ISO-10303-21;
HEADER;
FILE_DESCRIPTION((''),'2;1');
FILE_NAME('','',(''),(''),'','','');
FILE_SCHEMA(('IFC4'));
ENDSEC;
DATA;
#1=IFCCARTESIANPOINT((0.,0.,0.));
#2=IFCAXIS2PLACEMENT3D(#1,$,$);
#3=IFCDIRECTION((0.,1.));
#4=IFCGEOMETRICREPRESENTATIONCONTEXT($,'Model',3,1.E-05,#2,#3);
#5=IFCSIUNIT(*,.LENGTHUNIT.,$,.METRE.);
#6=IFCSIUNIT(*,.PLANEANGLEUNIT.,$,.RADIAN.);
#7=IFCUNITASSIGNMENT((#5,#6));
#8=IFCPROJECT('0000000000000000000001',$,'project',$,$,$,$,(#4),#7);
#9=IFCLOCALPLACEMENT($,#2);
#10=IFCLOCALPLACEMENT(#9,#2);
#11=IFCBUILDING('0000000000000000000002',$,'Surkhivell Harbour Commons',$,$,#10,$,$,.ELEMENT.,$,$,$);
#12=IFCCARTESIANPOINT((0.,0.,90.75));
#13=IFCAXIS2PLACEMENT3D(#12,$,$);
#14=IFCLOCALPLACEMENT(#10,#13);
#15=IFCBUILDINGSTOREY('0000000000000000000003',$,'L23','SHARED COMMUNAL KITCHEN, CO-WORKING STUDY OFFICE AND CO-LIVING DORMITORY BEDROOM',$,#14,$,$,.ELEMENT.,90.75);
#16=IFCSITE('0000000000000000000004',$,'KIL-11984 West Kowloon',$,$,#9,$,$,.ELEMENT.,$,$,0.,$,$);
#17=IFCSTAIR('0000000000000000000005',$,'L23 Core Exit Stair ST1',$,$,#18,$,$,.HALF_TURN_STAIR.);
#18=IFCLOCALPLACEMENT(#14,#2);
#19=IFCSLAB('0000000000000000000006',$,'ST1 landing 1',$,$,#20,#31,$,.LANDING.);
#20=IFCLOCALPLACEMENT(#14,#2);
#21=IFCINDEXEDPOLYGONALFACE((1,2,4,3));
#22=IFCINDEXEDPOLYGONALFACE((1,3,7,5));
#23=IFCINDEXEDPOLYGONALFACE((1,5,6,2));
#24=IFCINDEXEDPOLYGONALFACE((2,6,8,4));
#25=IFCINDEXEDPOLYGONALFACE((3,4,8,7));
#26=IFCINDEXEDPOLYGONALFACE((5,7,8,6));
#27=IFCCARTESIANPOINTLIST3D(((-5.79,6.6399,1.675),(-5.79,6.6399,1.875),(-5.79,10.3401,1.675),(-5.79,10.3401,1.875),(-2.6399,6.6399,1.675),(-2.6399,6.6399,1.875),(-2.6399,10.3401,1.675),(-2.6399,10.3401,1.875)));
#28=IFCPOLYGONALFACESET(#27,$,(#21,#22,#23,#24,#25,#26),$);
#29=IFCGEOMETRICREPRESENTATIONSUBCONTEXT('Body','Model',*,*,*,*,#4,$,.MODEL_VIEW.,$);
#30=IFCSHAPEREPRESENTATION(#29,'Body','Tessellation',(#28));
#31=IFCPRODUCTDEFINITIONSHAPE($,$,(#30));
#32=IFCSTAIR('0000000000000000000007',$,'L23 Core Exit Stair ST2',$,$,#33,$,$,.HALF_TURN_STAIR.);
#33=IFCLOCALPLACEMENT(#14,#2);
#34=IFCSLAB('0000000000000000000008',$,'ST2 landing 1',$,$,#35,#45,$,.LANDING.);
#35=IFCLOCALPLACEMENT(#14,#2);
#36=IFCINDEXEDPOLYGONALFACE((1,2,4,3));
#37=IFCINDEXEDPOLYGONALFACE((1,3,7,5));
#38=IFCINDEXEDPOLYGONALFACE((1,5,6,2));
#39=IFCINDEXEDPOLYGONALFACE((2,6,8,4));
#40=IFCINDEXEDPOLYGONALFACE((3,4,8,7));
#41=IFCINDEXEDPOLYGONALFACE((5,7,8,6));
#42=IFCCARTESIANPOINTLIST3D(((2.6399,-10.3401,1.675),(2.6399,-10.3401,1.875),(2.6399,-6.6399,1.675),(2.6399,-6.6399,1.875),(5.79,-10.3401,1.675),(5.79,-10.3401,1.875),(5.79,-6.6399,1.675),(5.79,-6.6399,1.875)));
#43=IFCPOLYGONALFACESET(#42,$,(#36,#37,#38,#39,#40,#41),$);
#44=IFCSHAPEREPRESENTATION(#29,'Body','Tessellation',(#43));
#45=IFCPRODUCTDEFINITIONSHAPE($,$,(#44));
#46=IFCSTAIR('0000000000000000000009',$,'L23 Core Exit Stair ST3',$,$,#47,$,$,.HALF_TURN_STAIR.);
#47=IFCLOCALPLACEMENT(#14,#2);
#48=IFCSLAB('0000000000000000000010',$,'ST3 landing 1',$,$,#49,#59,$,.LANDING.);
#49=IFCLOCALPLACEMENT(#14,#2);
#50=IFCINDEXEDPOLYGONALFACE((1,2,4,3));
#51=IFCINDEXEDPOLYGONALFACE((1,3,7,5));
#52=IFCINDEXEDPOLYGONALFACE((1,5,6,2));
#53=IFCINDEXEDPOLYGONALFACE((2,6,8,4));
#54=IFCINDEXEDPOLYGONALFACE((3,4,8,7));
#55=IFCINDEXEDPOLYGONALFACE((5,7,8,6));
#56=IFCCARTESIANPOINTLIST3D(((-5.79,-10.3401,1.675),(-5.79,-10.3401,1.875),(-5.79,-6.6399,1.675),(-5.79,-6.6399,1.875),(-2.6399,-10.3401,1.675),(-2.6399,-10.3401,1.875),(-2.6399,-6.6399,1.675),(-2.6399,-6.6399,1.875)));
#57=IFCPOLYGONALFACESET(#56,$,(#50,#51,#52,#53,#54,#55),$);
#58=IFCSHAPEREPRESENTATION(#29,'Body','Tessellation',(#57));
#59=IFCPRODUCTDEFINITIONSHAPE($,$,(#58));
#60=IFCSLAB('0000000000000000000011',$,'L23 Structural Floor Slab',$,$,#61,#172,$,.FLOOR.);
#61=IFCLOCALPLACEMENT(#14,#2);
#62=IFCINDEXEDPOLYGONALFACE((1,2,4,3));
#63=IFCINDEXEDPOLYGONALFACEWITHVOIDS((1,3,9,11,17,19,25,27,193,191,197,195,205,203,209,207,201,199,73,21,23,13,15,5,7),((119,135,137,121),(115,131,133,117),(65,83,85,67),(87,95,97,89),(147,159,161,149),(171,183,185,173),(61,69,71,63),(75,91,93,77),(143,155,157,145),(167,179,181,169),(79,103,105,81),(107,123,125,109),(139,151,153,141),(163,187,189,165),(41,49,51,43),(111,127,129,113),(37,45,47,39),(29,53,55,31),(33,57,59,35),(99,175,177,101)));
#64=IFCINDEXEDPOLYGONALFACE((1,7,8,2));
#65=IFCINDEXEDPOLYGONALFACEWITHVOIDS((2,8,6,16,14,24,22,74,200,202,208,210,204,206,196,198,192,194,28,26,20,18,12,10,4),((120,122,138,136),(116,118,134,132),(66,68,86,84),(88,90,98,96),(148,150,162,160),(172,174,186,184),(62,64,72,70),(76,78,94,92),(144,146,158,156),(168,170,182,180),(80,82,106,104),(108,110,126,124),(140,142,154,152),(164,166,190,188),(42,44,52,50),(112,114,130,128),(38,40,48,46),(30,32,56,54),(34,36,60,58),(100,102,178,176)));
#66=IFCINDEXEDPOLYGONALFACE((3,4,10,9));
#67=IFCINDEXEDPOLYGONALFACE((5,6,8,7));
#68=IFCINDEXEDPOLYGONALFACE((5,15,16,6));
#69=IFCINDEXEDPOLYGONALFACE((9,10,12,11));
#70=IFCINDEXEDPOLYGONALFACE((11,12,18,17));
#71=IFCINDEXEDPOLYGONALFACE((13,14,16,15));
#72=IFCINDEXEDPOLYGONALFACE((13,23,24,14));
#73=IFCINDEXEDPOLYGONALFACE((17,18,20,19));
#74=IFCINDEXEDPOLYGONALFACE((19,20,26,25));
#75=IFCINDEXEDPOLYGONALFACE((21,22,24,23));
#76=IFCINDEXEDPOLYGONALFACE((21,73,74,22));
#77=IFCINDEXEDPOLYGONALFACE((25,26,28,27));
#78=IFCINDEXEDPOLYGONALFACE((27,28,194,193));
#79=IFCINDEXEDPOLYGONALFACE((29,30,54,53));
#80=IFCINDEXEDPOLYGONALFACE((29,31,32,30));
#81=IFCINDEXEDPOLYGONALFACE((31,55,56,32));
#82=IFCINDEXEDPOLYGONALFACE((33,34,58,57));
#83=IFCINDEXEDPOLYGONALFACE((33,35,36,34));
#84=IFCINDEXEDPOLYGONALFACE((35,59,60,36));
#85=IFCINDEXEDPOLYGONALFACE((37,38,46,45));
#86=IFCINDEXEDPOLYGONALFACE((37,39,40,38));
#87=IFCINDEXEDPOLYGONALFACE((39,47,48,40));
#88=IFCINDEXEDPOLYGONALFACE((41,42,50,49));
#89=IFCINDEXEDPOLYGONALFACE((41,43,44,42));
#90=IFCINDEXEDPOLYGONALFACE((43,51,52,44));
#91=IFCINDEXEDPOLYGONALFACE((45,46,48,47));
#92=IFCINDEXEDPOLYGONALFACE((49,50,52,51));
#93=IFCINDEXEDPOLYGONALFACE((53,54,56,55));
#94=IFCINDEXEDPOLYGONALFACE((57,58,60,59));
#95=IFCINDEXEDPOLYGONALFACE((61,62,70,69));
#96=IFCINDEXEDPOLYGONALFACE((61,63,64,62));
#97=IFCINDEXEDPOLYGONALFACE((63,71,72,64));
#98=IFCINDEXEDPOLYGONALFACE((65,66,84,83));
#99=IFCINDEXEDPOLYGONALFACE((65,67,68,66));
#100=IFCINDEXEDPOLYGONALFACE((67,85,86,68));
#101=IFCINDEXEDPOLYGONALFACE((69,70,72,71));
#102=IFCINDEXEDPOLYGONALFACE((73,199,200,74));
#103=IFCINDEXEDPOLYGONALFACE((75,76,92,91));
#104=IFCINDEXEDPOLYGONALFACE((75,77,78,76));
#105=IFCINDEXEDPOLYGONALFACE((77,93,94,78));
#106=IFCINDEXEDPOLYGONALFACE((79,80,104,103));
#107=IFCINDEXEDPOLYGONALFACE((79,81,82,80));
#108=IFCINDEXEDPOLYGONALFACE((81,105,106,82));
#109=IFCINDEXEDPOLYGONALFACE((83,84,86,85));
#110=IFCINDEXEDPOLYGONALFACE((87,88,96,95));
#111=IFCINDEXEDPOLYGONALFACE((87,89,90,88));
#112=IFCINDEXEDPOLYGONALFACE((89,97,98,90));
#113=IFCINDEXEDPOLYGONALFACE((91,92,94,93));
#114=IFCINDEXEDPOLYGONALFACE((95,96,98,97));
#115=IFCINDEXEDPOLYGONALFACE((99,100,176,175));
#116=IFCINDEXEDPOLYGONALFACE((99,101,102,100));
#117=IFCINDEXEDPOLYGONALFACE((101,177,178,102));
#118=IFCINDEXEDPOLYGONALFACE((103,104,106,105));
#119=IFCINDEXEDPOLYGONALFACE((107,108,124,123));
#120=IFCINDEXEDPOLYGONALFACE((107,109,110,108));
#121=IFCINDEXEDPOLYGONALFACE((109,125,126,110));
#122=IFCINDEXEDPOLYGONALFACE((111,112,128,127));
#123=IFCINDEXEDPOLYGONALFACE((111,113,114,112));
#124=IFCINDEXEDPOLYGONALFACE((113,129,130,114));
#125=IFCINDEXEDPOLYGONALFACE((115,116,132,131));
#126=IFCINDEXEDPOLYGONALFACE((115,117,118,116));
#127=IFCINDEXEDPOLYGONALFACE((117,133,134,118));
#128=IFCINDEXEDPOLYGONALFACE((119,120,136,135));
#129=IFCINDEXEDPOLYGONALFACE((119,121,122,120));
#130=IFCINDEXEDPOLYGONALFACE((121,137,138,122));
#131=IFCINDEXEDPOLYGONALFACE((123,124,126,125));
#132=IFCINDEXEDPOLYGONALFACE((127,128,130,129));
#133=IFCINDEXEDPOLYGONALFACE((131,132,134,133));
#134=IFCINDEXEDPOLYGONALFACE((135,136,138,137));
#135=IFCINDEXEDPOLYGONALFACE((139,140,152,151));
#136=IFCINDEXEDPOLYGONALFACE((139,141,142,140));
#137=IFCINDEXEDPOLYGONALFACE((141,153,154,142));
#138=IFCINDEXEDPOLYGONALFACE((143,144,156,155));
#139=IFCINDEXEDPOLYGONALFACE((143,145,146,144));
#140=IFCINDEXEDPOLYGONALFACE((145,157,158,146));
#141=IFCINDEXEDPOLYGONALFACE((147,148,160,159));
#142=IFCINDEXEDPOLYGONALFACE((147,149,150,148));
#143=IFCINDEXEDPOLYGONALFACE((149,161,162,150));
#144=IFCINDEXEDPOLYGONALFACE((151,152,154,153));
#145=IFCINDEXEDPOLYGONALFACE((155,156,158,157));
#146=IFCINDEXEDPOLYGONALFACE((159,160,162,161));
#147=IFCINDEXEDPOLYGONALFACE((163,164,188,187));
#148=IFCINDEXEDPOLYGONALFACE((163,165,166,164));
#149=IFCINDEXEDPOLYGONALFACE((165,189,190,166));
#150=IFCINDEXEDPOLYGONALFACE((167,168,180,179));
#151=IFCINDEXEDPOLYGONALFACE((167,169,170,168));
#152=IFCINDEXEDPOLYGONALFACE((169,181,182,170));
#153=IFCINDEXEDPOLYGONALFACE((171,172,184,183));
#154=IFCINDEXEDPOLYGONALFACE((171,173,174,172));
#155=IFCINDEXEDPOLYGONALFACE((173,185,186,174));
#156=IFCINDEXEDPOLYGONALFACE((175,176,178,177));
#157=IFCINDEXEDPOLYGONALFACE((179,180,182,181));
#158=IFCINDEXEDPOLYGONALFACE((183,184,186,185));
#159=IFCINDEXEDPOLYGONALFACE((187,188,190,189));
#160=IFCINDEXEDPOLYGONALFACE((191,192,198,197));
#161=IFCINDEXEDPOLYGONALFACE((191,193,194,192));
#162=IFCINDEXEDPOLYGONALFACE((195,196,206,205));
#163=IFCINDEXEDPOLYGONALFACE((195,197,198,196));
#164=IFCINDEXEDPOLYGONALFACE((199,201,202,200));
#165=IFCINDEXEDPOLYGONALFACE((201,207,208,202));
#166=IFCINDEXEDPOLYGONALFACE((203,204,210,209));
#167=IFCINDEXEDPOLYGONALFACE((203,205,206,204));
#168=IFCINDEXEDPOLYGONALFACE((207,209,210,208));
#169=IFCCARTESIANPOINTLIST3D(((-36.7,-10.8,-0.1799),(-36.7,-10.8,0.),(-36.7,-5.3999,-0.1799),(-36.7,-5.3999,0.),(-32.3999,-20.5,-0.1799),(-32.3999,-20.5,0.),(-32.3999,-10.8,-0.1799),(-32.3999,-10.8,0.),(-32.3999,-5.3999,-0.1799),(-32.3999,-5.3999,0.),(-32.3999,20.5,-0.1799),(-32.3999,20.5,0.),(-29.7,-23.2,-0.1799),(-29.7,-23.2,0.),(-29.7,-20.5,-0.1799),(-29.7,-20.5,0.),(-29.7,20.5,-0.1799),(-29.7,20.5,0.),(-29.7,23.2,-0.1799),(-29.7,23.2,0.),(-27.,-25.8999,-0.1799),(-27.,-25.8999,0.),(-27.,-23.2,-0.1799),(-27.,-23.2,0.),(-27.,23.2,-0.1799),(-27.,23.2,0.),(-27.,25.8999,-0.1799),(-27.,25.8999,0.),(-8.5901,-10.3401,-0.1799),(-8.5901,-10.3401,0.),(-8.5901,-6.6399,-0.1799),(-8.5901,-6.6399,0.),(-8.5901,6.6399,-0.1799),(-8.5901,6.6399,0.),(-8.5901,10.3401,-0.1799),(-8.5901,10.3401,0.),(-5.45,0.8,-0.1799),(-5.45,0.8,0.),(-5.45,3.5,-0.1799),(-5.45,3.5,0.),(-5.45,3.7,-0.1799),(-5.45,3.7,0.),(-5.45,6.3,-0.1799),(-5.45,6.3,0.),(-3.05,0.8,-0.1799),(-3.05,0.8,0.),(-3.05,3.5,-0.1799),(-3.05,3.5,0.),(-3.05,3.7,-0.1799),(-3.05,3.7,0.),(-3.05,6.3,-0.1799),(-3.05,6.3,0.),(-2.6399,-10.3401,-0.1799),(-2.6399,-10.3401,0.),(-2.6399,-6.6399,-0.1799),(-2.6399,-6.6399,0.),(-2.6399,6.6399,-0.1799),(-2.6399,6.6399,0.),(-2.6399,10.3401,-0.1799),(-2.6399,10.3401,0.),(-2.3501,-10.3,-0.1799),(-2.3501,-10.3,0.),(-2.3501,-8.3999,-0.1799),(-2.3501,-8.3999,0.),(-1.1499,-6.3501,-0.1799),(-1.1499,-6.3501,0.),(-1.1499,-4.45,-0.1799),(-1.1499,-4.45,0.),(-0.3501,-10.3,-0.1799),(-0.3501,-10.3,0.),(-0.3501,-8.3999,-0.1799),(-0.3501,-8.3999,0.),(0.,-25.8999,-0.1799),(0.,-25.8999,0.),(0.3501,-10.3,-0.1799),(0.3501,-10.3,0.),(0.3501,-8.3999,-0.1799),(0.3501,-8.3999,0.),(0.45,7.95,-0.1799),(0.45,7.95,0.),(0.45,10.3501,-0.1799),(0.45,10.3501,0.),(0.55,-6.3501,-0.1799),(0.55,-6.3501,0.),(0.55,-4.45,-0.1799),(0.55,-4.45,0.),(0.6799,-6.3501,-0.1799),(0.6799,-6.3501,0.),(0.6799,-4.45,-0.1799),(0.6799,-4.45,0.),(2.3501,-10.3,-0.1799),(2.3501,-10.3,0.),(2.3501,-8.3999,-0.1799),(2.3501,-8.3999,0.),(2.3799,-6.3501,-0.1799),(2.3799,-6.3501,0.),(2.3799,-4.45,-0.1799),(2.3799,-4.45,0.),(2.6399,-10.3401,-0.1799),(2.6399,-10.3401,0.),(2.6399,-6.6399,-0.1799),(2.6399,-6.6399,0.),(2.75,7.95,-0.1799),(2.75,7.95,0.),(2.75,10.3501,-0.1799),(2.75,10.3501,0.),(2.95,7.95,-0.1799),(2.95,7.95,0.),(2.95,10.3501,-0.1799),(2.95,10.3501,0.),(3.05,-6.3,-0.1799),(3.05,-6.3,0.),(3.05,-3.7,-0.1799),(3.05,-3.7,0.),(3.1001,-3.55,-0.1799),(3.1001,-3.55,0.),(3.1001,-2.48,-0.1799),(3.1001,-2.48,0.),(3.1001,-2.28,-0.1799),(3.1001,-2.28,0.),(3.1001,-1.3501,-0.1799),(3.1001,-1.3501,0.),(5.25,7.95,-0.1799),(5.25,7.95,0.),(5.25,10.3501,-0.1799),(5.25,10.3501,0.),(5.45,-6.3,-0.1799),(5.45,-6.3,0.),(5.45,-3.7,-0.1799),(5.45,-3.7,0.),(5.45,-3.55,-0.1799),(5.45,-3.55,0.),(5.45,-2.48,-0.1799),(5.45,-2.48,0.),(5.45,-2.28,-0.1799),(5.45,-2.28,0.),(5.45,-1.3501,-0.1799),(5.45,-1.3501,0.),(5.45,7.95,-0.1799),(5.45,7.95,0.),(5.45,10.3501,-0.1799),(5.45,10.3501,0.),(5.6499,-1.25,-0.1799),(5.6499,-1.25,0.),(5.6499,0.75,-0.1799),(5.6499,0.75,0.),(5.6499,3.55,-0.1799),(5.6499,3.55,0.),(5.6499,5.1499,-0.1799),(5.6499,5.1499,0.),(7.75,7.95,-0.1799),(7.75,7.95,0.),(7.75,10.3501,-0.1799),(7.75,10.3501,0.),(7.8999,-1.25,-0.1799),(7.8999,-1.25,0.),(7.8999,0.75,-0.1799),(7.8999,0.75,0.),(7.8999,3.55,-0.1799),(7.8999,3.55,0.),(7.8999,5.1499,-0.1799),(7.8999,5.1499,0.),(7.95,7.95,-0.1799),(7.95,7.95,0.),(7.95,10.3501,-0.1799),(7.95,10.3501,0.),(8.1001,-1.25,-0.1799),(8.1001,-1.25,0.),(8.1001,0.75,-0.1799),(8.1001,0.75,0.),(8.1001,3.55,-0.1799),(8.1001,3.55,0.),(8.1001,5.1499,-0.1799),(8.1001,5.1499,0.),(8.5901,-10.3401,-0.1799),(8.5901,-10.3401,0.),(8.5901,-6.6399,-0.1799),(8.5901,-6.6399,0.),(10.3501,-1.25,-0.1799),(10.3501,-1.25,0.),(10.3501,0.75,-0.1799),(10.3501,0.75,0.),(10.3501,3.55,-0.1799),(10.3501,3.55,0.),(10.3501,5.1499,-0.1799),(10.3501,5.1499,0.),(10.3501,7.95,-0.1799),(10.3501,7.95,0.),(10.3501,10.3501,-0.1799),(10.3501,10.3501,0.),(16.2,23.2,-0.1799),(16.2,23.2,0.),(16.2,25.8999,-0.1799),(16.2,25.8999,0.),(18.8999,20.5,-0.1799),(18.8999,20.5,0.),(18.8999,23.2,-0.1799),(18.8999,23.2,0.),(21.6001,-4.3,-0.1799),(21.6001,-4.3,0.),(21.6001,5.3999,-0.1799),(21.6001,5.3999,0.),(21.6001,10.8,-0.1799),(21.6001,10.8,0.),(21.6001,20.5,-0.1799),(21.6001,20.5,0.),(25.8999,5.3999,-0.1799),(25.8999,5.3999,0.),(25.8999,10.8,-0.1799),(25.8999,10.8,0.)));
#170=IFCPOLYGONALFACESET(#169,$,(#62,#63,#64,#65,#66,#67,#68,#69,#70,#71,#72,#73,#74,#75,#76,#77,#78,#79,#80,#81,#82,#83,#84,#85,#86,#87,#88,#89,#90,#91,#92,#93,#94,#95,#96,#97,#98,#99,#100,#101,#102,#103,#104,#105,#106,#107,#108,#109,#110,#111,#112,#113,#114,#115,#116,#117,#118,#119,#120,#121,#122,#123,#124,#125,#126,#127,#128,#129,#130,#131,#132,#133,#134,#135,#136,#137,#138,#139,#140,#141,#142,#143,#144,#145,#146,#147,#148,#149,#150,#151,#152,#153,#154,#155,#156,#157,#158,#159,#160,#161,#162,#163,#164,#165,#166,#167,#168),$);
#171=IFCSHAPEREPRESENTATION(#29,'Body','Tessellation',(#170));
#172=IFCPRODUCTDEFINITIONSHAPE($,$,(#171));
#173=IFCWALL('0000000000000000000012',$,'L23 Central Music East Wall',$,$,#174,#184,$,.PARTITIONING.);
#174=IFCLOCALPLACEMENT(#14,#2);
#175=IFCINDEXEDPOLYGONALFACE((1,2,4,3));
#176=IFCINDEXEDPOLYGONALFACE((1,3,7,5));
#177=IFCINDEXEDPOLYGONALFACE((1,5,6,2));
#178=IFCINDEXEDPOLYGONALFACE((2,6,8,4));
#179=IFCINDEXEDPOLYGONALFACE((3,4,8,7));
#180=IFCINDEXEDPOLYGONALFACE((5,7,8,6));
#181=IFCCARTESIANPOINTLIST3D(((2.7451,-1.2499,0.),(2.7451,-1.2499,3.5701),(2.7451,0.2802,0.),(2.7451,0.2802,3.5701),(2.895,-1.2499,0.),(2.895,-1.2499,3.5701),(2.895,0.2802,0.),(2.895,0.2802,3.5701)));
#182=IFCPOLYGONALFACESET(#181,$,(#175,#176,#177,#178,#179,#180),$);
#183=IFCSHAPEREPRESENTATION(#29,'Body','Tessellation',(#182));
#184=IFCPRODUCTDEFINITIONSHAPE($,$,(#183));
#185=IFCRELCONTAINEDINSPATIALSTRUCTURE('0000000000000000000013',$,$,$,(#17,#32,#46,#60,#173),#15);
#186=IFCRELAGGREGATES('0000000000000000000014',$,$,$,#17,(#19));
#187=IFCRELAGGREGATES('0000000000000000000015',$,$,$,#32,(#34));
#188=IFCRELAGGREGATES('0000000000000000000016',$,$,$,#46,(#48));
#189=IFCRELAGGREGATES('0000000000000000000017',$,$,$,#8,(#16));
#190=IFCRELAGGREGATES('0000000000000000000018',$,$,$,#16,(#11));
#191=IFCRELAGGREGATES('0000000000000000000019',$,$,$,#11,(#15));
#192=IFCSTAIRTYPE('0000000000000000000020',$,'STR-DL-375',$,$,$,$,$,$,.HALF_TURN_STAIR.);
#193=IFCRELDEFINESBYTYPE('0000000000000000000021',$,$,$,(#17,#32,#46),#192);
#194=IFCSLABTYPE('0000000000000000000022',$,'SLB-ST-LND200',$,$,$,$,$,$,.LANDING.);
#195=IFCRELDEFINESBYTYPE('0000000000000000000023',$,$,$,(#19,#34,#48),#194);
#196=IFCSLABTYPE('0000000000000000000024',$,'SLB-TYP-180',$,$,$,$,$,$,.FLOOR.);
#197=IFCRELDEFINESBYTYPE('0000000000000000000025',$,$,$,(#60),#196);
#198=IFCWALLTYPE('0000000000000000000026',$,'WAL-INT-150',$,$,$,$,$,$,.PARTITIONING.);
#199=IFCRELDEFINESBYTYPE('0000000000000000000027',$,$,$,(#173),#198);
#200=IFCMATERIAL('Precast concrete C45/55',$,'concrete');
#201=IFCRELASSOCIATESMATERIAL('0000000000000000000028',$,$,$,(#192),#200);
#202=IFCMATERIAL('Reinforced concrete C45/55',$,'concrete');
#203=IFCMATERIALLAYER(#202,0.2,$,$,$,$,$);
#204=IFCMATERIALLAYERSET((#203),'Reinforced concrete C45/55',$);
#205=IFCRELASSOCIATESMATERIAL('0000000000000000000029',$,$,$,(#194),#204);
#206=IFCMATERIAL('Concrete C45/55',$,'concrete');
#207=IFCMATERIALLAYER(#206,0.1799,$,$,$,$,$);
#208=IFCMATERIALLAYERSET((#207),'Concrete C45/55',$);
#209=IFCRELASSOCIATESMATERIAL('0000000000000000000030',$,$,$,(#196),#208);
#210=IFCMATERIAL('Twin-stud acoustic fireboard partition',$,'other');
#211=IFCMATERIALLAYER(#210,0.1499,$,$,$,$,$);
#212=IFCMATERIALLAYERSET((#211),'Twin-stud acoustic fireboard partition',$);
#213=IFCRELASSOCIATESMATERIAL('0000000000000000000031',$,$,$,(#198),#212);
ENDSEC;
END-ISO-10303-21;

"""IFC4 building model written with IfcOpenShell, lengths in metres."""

from ifc_helpers import new_model, si_unit, direction, frame, frame_2d, origin, place, context, subcontext, project, spatial, polyline, rectangle, outline, extrude, material, layer, layer_set, type_object, element, aggregate, save


model = new_model("IFC4")

# Units and contexts
model_context = context("Model", 3, precision=1e-05, world=origin(), true_north=direction((0.0, 1.0)))
body_context = subcontext(model_context, "Body", "Model", "MODEL_VIEW")
ifc_project = project(units=[si_unit("LENGTHUNIT", "METRE"), si_unit("PLANEANGLEUNIT", "RADIAN")], contexts=[model_context])

# Site, building, storey
site_placement = place(None, origin())
site = spatial("IfcSite", under=ifc_project, at=site_placement, Name="KIL-11984 West Kowloon", CompositionType="ELEMENT", RefElevation=0.0)
building_placement = place(site_placement, origin())
building = spatial("IfcBuilding", under=site, at=building_placement, Name="Surkhivell Harbour Commons", CompositionType="ELEMENT")
storey_placement = place(building_placement, frame((0.0, 0.0, 90.75)))
storey = spatial("IfcBuildingStorey", under=building, at=storey_placement, Name="L23", Description="SHARED COMMUNAL KITCHEN, CO-WORKING STUDY OFFICE AND CO-LIVING DORMITORY BEDROOM", CompositionType="ELEMENT", Elevation=90.75)

# Stairs, slabs
ifc_material_1 = material(Name="Precast concrete C45/55", Category="concrete")
stair_type = type_object("IfcStairType", Name="STR-DL-375", PredefinedType="HALF_TURN_STAIR", material=ifc_material_1)
stair_1_placement = place(storey_placement, origin())
stair_1 = element("IfcStair", 1, at=stair_1_placement, inside=storey, type_object=stair_type, Name="L23 Core Exit Stair ST1", PredefinedType="HALF_TURN_STAIR")
ifc_material_2 = material(Name="Reinforced concrete C45/55", Category="concrete")
ifc_layer_1 = layer(ifc_material_2, 0.2)
ifc_layer_set_1 = layer_set([ifc_layer_1], Name="Reinforced concrete C45/55")
slab_type_1 = type_object("IfcSlabType", Name="SLB-ST-LND200", PredefinedType="LANDING", material=ifc_layer_set_1)
slab_1_placement = place(storey_placement, frame((0.0, 0.0, 1.675)))
slab_1 = element("IfcSlab", 2, at=slab_1_placement, type_object=slab_type_1, Name="ST1 landing 1", PredefinedType="LANDING", context=body_context, shape_type="SweptSolid", body=[
    extrude(outline(polyline([(-5.79, 6.6399), (-2.6399, 6.6399), (-2.6399, 10.3401), (-5.79, 10.3401), (-5.79, 6.6399)])), origin(), (0.0, 0.0, 1.0), 0.2),
])
aggregate(stair_1, [slab_1])
stair_2_placement = place(storey_placement, origin())
stair_2 = element("IfcStair", 3, at=stair_2_placement, inside=storey, type_object=stair_type, Name="L23 Core Exit Stair ST2", PredefinedType="HALF_TURN_STAIR")
slab_2_placement = place(storey_placement, frame((0.0, 0.0, 1.675)))
slab_2 = element("IfcSlab", 4, at=slab_2_placement, type_object=slab_type_1, Name="ST2 landing 1", PredefinedType="LANDING", context=body_context, shape_type="SweptSolid", body=[
    extrude(outline(polyline([(5.79, -6.6399), (2.6399, -6.6399), (2.6399, -10.3401), (5.79, -10.3401), (5.79, -6.6399)])), origin(), (0.0, 0.0, 1.0), 0.2),
])
aggregate(stair_2, [slab_2])
stair_3_placement = place(storey_placement, origin())
stair_3 = element("IfcStair", 5, at=stair_3_placement, inside=storey, type_object=stair_type, Name="L23 Core Exit Stair ST3", PredefinedType="HALF_TURN_STAIR")
slab_3_placement = place(storey_placement, frame((0.0, 0.0, 1.675)))
slab_3 = element("IfcSlab", 6, at=slab_3_placement, type_object=slab_type_1, Name="ST3 landing 1", PredefinedType="LANDING", context=body_context, shape_type="SweptSolid", body=[
    extrude(outline(polyline([(-5.79, -10.3401), (-2.6399, -10.3401), (-2.6399, -6.6399), (-5.79, -6.6399), (-5.79, -10.3401)])), origin(), (0.0, 0.0, 1.0), 0.2),
])
aggregate(stair_3, [slab_3])

# Slab
ifc_material_3 = material(Name="Concrete C45/55", Category="concrete")
ifc_layer_2 = layer(ifc_material_3, 0.1799)
ifc_layer_set_2 = layer_set([ifc_layer_2], Name="Concrete C45/55")
slab_type_2 = type_object("IfcSlabType", Name="SLB-TYP-180", PredefinedType="FLOOR", material=ifc_layer_set_2)
slab_4_placement = place(storey_placement, frame((0.0, 0.0, -0.1799)))
element("IfcSlab", 7, at=slab_4_placement, inside=storey, type_object=slab_type_2, Name="L23 Structural Floor Slab", PredefinedType="FLOOR", context=body_context, shape_type="SweptSolid", body=[
    extrude(outline(polyline([(-32.3999, 20.5), (-32.3999, -5.3999), (-36.7, -5.3999), (-36.7, -10.8), (-32.3999, -10.8), (-32.3999, -20.5), (-29.7, -20.5), (-29.7, -23.2), (-27.0, -23.2), (-27.0, -25.8999), (0.0, -25.8999), (21.6001, -4.3), (21.6001, 5.3999), (25.8999, 5.3999), (25.8999, 10.8), (21.6001, 10.8), (21.6001, 20.5), (18.8999, 20.5), (18.8999, 23.2), (16.2, 23.2), (16.2, 25.8999), (-27.0, 25.8999), (-27.0, 23.2), (-29.7, 23.2), (-29.7, 20.5), (-32.3999, 20.5)]), holes=[polyline([(-8.5901, 6.6399), (-2.6399, 6.6399), (-2.6399, 10.3401), (-8.5901, 10.3401), (-8.5901, 6.6399)]), polyline([(8.5901, -6.6399), (2.6399, -6.6399), (2.6399, -10.3401), (8.5901, -10.3401), (8.5901, -6.6399)]), polyline([(-8.5901, -10.3401), (-2.6399, -10.3401), (-2.6399, -6.6399), (-8.5901, -6.6399), (-8.5901, -10.3401)]), polyline([(0.45, 7.95), (2.75, 7.95), (2.75, 10.3501), (0.45, 10.3501), (0.45, 7.95)]), polyline([(2.95, 7.95), (5.25, 7.95), (5.25, 10.3501), (2.95, 10.3501), (2.95, 7.95)]), polyline([(5.45, 7.95), (7.75, 7.95), (7.75, 10.3501), (5.45, 10.3501), (5.45, 7.95)]), polyline([(7.95, 7.95), (10.3501, 7.95), (10.3501, 10.3501), (7.95, 10.3501), (7.95, 7.95)]), polyline([(5.6499, 3.55), (7.8999, 3.55), (7.8999, 5.1499), (5.6499, 5.1499), (5.6499, 3.55)]), polyline([(8.1001, 3.55), (10.3501, 3.55), (10.3501, 5.1499), (8.1001, 5.1499), (8.1001, 3.55)]), polyline([(5.6499, -1.25), (7.8999, -1.25), (7.8999, 0.75), (5.6499, 0.75), (5.6499, -1.25)]), polyline([(8.1001, -1.25), (10.3501, -1.25), (10.3501, 0.75), (8.1001, 0.75), (8.1001, -1.25)]), polyline([(-1.1499, -6.3501), (0.55, -6.3501), (0.55, -4.45), (-1.1499, -4.45), (-1.1499, -6.3501)]), polyline([(0.6799, -6.3501), (2.3799, -6.3501), (2.3799, -4.45), (0.6799, -4.45), (0.6799, -6.3501)]), polyline([(-2.3501, -10.3), (-0.3501, -10.3), (-0.3501, -8.3999), (-2.3501, -8.3999), (-2.3501, -10.3)]), polyline([(0.3501, -10.3), (2.3501, -10.3), (2.3501, -8.3999), (0.3501, -8.3999), (0.3501, -10.3)]), polyline([(-5.45, 3.7), (-3.05, 3.7), (-3.05, 6.3), (-5.45, 6.3), (-5.45, 3.7)]), polyline([(3.05, -6.3), (5.45, -6.3), (5.45, -3.7), (3.05, -3.7), (3.05, -6.3)]), polyline([(-5.45, 0.8), (-3.05, 0.8), (-3.05, 3.5), (-5.45, 3.5), (-5.45, 0.8)]), polyline([(3.1001, -3.55), (5.45, -3.55), (5.45, -2.48), (3.1001, -2.48), (3.1001, -3.55)]), polyline([(3.1001, -2.28), (5.45, -2.28), (5.45, -1.3501), (3.1001, -1.3501), (3.1001, -2.28)])]), origin(), (0.0, 0.0, 1.0), 0.1799),
])

# Wall
ifc_material_4 = material(Name="Twin-stud acoustic fireboard partition", Category="other")
ifc_layer_3 = layer(ifc_material_4, 0.1499)
ifc_layer_set_3 = layer_set([ifc_layer_3], Name="Twin-stud acoustic fireboard partition")
wall_type_1 = type_object("IfcWallType", Name="WAL-INT-150", PredefinedType="PARTITIONING", material=ifc_layer_set_3)
wall_1_placement = place(storey_placement, frame((2.8201, -1.25, 0.0), z_axis=(0.0, 0.0, 1.0), x_axis=(0.0, 1.0, 0.0)))
element("IfcWall", 8, at=wall_1_placement, inside=storey, type_object=wall_type_1, Name="L23 Central Music East Wall", PredefinedType="PARTITIONING", context=body_context, shape_type="SweptSolid", body=[
    extrude(rectangle(XDim=1.53, YDim=0.1499, at=frame_2d((0.7651, 0.0))), origin(), (0.0, 0.0, 1.0), 3.5701),
])

save(model, "model.ifc")
